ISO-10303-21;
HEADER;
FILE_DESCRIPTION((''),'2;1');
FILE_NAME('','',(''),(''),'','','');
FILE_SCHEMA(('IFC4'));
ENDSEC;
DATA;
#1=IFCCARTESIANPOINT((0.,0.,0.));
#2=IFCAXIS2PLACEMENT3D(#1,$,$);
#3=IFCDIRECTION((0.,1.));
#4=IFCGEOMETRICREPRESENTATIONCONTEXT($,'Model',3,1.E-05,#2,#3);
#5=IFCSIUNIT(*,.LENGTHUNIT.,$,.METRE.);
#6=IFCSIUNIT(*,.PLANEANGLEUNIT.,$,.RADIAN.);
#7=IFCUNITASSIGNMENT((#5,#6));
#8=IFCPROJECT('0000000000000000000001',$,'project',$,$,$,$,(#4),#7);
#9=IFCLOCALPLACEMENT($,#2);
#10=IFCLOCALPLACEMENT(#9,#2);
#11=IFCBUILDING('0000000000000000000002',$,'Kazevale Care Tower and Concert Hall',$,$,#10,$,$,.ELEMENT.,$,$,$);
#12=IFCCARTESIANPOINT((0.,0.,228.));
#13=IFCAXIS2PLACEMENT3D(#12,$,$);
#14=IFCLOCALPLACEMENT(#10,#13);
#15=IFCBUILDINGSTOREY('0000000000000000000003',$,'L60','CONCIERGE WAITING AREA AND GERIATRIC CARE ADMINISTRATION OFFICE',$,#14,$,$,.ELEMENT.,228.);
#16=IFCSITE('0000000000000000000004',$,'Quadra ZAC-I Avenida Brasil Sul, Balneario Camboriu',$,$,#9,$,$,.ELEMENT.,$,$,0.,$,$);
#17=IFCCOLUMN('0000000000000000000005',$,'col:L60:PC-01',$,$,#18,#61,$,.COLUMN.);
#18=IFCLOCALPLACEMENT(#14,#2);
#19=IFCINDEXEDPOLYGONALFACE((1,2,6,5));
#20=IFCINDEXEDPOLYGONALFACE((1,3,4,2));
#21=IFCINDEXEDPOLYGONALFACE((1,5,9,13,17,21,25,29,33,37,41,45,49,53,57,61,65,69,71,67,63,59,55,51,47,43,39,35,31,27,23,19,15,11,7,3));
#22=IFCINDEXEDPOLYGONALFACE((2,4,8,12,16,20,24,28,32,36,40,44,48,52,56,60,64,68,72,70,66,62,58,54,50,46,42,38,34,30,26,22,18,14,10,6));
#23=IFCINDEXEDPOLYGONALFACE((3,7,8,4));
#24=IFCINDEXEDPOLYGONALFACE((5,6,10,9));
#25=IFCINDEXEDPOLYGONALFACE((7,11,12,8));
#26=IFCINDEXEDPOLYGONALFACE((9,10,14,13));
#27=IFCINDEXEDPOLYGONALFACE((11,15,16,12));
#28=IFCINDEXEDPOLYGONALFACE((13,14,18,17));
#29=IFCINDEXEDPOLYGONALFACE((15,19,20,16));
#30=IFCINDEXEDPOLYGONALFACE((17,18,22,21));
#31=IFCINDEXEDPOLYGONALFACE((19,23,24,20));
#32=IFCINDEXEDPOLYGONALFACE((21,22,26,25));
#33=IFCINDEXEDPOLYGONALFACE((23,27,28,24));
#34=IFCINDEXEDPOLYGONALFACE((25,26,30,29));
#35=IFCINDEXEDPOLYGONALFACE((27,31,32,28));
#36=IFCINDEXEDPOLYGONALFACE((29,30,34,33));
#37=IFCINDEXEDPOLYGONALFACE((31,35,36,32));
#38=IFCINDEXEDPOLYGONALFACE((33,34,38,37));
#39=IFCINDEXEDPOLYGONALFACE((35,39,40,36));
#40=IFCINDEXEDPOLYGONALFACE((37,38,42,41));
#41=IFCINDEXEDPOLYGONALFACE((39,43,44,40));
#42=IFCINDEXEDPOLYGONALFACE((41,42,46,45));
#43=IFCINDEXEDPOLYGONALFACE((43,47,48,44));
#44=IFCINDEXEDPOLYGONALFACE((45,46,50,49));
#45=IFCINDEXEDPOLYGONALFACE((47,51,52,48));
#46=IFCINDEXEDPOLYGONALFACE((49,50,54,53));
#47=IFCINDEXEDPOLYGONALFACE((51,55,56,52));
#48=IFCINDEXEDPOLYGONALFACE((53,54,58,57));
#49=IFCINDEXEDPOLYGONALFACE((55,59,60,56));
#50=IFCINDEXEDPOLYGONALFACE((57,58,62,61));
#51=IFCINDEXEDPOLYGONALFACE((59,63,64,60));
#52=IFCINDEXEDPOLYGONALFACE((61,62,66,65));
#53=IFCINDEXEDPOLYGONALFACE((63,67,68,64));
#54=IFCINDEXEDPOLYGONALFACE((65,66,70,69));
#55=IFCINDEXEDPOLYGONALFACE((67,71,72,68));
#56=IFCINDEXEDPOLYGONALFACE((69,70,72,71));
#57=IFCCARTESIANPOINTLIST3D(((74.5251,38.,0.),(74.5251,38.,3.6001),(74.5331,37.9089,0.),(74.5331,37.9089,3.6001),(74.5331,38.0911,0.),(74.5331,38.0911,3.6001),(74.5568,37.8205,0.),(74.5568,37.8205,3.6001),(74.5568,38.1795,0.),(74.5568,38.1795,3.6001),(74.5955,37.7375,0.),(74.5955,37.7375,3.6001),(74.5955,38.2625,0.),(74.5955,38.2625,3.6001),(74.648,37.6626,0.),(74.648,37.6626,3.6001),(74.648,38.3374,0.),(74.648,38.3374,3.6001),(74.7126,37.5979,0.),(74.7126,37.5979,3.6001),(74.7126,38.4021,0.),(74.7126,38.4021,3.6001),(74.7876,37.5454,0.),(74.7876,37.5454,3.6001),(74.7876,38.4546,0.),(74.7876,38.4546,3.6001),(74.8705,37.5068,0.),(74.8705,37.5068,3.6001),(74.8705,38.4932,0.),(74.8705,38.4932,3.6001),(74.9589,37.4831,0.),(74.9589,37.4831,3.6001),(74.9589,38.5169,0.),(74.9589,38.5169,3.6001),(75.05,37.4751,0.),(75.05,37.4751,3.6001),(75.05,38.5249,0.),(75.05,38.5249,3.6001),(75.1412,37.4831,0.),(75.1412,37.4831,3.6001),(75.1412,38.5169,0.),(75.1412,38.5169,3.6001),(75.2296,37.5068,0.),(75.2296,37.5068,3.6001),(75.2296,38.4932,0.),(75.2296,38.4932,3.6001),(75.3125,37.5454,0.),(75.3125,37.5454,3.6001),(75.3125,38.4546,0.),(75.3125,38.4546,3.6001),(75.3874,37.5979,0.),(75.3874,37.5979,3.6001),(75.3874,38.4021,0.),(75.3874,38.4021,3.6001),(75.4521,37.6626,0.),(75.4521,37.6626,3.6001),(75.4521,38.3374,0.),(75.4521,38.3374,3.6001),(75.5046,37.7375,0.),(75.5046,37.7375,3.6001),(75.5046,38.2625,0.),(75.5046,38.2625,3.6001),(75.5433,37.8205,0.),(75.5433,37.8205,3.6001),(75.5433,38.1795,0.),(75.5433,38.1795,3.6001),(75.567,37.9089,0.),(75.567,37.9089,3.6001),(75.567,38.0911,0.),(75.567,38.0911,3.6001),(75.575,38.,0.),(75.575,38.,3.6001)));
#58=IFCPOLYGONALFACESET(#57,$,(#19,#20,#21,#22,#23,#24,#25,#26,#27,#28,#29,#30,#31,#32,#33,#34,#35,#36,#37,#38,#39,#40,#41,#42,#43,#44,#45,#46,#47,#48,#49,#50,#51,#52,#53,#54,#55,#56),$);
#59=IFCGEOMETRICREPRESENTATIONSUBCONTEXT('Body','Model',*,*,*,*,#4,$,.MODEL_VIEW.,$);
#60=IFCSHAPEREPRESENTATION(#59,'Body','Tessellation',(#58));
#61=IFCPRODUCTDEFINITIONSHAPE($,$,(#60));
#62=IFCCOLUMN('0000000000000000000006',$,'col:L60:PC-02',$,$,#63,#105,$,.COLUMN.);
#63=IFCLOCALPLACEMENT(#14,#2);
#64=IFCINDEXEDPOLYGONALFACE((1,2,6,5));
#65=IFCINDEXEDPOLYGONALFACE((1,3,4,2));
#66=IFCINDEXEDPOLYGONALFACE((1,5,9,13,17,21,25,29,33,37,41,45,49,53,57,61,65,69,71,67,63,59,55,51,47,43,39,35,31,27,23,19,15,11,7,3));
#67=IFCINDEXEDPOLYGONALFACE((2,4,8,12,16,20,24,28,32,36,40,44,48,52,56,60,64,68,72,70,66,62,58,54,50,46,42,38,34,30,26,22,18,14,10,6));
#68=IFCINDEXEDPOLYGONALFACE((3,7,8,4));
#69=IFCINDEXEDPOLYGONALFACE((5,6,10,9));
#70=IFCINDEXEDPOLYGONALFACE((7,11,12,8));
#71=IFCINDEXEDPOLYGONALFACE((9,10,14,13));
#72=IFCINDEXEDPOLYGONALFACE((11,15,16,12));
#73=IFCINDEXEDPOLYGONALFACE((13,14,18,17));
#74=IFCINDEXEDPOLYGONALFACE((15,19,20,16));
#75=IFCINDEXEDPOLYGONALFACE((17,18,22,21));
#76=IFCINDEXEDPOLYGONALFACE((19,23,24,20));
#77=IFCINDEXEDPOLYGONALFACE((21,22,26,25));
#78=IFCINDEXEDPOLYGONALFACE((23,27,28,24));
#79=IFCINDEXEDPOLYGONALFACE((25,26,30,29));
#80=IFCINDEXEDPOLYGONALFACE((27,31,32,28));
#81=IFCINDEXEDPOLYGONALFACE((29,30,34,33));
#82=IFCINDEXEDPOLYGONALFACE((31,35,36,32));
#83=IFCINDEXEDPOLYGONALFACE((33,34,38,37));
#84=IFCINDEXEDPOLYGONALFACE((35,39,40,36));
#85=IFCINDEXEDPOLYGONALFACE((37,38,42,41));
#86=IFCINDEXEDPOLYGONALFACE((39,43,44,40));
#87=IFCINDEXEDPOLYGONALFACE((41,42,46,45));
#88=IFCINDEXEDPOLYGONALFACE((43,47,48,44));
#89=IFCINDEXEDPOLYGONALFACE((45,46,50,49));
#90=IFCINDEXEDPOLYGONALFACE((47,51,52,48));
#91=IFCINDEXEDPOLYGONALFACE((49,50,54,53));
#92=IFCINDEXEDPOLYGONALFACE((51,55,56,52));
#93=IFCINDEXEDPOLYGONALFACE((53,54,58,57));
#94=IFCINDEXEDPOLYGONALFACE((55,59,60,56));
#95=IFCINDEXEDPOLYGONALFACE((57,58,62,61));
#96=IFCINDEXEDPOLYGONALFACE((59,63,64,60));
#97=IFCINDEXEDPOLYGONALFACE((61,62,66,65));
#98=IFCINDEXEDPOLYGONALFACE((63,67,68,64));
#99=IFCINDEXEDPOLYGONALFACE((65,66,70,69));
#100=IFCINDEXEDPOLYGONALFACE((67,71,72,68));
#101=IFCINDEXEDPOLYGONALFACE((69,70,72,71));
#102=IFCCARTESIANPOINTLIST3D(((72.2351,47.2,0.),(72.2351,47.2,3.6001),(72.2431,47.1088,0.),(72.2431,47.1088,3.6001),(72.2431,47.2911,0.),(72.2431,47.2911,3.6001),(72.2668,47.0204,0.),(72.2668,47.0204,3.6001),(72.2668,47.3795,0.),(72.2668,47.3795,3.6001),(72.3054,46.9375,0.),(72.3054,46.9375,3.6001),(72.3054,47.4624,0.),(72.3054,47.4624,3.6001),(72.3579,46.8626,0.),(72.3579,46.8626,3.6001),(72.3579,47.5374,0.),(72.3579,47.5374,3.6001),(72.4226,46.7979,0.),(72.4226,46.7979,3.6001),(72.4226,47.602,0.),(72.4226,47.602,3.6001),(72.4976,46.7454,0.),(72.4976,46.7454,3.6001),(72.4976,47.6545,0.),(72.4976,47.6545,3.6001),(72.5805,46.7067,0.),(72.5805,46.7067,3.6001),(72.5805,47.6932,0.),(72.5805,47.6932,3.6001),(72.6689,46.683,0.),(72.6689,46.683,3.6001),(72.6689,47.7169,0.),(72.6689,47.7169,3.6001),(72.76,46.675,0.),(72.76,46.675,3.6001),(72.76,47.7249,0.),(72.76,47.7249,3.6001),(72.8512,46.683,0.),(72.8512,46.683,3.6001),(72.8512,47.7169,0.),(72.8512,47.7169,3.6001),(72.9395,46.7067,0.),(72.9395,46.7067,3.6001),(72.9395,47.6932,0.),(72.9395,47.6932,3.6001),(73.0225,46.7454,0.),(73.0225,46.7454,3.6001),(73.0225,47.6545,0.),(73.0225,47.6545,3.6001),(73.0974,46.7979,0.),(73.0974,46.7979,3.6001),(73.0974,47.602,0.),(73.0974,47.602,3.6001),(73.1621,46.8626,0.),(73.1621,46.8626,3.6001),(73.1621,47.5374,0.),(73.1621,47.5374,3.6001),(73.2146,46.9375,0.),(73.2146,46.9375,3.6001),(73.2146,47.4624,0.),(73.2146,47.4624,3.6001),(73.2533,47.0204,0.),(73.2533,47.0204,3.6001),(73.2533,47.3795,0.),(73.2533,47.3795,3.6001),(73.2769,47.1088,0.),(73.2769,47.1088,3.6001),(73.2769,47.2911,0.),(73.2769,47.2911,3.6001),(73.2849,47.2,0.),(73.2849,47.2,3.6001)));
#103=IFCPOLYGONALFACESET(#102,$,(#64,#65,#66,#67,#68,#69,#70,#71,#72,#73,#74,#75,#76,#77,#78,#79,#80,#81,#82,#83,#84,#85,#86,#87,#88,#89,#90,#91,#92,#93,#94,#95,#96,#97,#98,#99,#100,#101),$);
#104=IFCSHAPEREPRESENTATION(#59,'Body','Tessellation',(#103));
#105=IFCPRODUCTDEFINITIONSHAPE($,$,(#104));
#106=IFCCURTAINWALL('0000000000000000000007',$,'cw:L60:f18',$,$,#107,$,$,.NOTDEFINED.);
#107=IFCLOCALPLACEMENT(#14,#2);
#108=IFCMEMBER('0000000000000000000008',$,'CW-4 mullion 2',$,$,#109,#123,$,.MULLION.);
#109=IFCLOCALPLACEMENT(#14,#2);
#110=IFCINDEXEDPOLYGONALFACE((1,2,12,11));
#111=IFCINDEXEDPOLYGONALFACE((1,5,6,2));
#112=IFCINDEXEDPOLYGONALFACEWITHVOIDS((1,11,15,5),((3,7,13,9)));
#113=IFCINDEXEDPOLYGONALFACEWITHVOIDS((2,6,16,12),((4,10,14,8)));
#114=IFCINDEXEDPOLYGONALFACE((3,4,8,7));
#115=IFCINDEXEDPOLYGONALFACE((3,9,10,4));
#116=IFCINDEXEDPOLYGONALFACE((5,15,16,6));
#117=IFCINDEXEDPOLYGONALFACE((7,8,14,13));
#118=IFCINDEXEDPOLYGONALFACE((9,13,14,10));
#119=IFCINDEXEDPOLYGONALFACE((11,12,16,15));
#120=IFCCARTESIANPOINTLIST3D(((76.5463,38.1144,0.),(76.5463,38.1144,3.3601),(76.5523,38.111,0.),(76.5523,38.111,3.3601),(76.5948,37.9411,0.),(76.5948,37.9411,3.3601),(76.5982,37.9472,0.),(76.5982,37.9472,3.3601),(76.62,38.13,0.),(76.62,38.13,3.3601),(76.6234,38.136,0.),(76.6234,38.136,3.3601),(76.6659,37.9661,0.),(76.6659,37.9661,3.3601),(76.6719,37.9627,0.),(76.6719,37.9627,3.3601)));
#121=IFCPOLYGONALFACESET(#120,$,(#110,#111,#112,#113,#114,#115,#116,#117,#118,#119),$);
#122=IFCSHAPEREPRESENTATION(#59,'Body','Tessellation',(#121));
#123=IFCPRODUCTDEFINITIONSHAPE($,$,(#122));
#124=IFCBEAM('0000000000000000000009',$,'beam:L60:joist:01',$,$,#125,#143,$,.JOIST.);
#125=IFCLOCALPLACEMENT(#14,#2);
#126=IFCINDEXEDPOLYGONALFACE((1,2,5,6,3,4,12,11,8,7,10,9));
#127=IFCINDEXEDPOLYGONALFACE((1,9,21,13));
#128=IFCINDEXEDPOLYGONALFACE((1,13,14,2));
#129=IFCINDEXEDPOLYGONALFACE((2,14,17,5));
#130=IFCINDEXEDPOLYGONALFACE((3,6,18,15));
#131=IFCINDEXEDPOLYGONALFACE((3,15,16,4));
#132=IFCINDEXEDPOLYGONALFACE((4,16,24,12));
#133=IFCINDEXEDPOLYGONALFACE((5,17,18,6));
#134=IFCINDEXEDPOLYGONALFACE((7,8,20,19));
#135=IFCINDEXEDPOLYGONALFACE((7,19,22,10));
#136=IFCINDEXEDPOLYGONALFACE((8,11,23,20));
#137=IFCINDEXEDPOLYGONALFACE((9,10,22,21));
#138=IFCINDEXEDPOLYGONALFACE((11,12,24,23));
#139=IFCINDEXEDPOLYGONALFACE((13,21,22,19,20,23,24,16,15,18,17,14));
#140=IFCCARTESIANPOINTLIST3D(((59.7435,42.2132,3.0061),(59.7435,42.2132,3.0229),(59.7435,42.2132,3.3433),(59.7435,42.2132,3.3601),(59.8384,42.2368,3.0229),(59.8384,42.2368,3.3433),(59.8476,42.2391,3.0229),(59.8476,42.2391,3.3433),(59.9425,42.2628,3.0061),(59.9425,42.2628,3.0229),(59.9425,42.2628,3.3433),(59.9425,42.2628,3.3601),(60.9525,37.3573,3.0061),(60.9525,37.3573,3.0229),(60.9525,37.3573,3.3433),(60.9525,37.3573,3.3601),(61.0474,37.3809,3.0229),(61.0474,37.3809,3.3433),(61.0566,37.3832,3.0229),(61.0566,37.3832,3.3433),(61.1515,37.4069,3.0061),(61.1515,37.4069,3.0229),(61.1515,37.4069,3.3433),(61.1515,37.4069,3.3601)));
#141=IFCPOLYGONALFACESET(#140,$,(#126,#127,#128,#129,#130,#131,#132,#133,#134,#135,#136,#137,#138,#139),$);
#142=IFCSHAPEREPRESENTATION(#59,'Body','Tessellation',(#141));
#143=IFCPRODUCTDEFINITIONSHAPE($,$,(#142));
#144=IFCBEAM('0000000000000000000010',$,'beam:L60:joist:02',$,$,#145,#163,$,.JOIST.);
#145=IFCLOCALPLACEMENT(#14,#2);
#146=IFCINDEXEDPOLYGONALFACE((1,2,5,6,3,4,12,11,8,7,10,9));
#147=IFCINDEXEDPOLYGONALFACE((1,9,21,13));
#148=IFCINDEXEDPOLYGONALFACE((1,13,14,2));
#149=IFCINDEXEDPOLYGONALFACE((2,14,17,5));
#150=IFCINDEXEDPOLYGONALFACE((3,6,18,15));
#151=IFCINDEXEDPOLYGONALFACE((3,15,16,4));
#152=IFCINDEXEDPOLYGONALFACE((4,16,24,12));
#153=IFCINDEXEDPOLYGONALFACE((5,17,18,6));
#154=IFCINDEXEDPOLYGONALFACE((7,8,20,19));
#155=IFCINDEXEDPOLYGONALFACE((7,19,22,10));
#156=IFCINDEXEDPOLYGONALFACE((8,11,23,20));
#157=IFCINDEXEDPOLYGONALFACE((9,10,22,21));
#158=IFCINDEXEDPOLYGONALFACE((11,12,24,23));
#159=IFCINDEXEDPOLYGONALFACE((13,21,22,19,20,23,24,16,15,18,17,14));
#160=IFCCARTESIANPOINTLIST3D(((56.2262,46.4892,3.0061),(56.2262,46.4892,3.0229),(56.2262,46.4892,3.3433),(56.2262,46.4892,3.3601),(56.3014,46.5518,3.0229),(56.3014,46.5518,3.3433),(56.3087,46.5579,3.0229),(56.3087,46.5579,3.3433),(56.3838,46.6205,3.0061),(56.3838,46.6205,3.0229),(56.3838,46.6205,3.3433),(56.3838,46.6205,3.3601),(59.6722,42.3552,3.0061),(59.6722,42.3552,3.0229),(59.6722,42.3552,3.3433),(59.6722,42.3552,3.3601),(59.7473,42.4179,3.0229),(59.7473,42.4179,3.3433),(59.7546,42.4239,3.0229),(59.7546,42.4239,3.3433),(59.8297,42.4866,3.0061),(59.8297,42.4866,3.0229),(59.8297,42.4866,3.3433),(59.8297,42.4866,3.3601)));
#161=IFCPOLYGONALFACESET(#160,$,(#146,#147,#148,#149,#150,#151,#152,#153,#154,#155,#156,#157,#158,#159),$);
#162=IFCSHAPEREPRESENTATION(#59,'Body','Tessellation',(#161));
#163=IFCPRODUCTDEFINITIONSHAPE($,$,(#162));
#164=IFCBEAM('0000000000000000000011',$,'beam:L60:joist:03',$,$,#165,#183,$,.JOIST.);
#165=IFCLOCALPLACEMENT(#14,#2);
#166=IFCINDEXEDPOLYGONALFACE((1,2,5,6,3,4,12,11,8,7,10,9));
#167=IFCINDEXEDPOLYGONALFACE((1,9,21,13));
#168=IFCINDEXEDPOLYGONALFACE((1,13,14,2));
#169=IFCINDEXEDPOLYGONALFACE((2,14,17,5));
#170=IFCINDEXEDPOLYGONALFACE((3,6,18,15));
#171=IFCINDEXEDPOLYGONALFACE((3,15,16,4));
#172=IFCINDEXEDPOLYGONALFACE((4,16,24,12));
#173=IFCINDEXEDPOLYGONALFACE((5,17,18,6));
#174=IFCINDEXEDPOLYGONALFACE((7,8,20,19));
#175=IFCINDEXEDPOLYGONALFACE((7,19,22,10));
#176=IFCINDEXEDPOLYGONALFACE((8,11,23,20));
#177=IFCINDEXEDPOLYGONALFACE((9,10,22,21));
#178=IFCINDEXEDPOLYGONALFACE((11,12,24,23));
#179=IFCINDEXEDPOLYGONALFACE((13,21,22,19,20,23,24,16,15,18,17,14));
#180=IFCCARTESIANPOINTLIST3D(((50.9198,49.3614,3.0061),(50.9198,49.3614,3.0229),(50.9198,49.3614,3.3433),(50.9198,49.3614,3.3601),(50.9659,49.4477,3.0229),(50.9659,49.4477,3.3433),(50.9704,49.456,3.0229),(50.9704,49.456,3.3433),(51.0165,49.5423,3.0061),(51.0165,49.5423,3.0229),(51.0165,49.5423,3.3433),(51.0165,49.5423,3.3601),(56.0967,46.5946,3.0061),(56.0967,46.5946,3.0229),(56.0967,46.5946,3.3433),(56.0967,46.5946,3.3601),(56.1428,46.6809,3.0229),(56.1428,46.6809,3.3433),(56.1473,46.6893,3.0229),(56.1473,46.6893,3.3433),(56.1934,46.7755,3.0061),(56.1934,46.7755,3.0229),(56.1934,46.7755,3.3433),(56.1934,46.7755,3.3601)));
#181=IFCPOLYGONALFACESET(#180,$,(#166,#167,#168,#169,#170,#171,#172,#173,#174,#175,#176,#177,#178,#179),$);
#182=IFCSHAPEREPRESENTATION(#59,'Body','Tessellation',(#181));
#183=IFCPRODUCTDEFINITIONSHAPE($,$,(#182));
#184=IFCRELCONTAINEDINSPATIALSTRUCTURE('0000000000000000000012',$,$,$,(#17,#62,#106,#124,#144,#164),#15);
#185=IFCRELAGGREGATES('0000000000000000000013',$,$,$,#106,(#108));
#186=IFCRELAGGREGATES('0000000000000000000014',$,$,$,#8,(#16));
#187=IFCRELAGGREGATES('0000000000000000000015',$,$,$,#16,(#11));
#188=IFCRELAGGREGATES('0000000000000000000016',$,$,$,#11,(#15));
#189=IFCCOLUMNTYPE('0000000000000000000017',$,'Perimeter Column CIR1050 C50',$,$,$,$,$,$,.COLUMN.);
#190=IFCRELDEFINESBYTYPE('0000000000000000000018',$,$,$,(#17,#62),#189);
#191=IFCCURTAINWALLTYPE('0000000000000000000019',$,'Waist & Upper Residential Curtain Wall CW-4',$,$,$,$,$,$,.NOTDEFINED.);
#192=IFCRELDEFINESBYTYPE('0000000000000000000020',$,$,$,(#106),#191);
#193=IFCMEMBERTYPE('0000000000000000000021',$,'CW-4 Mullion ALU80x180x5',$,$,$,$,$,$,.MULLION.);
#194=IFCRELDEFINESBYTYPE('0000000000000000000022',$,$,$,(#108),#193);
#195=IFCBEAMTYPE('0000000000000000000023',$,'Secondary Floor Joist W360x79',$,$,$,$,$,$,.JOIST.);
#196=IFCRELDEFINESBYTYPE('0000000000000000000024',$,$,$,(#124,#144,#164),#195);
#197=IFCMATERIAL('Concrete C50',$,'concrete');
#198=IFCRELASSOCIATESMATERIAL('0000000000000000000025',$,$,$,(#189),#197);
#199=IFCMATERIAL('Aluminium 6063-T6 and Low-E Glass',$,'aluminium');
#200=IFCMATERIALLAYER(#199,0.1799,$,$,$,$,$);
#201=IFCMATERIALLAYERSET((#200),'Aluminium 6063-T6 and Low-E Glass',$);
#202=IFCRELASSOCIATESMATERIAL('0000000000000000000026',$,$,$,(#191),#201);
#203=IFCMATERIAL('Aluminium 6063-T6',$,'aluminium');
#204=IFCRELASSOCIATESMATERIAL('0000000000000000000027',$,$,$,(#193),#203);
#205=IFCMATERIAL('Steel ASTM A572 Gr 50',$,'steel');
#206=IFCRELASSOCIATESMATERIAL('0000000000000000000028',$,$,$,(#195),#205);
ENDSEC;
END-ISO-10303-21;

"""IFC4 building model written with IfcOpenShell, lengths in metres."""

from ifc_helpers import new_model, si_unit, direction, frame, origin, origin_2d, place, context, subcontext, project, spatial, hollow_rectangle, circle, i_section, extrude, material, layer, layer_set, material_profile, profile_set, type_object, element, aggregate, save


model = new_model("IFC4")

# Units and contexts
model_context = context("Model", 3, precision=1e-05, world=origin(), true_north=direction((0.0, 1.0)))
body_context = subcontext(model_context, "Body", "Model", "MODEL_VIEW")
ifc_project = project(units=[si_unit("LENGTHUNIT", "METRE"), si_unit("PLANEANGLEUNIT", "RADIAN")], contexts=[model_context])

# Site, building, storey
site_placement = place(None, origin())
site = spatial("IfcSite", under=ifc_project, at=site_placement, Name="Quadra ZAC-I Avenida Brasil Sul, Balneario Camboriu", CompositionType="ELEMENT", RefElevation=0.0)
building_placement = place(site_placement, origin())
building = spatial("IfcBuilding", under=site, at=building_placement, Name="Kazevale Care Tower and Concert Hall", CompositionType="ELEMENT")
storey_placement = place(building_placement, frame((0.0, 0.0, 228.0)))
storey = spatial("IfcBuildingStorey", under=building, at=storey_placement, Name="L60", Description="CONCIERGE WAITING AREA AND GERIATRIC CARE ADMINISTRATION OFFICE", CompositionType="ELEMENT", Elevation=228.0)

# Columns
ifc_material_1 = material(Name="Concrete C50", Category="concrete")
ifc_material_profile_1 = material_profile(ifc_material_1, circle(Radius=0.5249, at=origin_2d()), Name="RC-CIR1050")
ifc_profile_set_1 = profile_set([ifc_material_profile_1], Name="Concrete C50")
column_type = type_object("IfcColumnType", Name="Perimeter Column CIR1050 C50", PredefinedType="COLUMN", material=ifc_profile_set_1)
for number, where, z_axis, x_axis, name in (
    (1, (75.05, 38.0, 0.0), (0.0, 0.0, 1.0), (1.0, 0.0, 0.0), "col:L60:PC-01"),
    (2, (72.76, 47.2, 0.0), (0.0, 0.0, 1.0), (1.0, 0.0, 0.0), "col:L60:PC-02"),
):
    element("IfcColumn", number, at=place(storey_placement, frame(where, z_axis=z_axis, x_axis=x_axis)), inside=storey, type_object=column_type, Name=name, PredefinedType="COLUMN", context=body_context, shape_type="SweptSolid", body=[
        extrude(circle(Radius=0.5249, at=origin_2d()), origin(), (0.0, 0.0, 1.0), 3.6001),
    ])

# Curtain wall, member
ifc_material_2 = material(Name="Aluminium 6063-T6 and Low-E Glass", Category="aluminium")
ifc_layer_1 = layer(ifc_material_2, 0.1799)
ifc_layer_set_1 = layer_set([ifc_layer_1], Name="Aluminium 6063-T6 and Low-E Glass")
curtain_wall_type = type_object("IfcCurtainWallType", Name="Waist & Upper Residential Curtain Wall CW-4", PredefinedType="NOTDEFINED", material=ifc_layer_set_1)
curtain_wall_placement = place(storey_placement, origin())
curtain_wall = element("IfcCurtainWall", 3, at=curtain_wall_placement, inside=storey, type_object=curtain_wall_type, Name="cw:L60:f18", PredefinedType="NOTDEFINED")
ifc_material_3 = material(Name="Aluminium 6063-T6", Category="aluminium")
ifc_material_profile_2 = material_profile(ifc_material_3, hollow_rectangle(XDim=0.0801, YDim=0.1799, WallThickness=0.0049, at=origin_2d()), Name="ALU80x180x5")
ifc_profile_set_2 = profile_set([ifc_material_profile_2], Name="Aluminium 6063-T6")
member_type = type_object("IfcMemberType", Name="CW-4 Mullion ALU80x180x5", PredefinedType="MULLION", material=ifc_profile_set_2)
member_placement = place(storey_placement, frame((76.6091, 38.0386, 0.0), z_axis=(0.0, 0.0, 1.0), x_axis=(0.962972, 0.269601, 0.0)))
member = element("IfcMember", 4, at=member_placement, type_object=member_type, Name="CW-4 mullion 2", PredefinedType="MULLION", context=body_context, shape_type="SweptSolid", body=[
    extrude(hollow_rectangle(XDim=0.0801, YDim=0.1799, WallThickness=0.0049, at=origin_2d()), origin(), (0.0, 0.0, 1.0), 3.3601),
])

# Beams
ifc_material_4 = material(Name="Steel ASTM A572 Gr 50", Category="steel")
ifc_material_profile_3 = material_profile(ifc_material_4, i_section(OverallWidth=0.2051, OverallDepth=0.354, WebThickness=0.0095, FlangeThickness=0.0168, at=origin_2d()), Name="W360x79")
ifc_profile_set_3 = profile_set([ifc_material_profile_3], Name="Steel ASTM A572 Gr 50")
beam_type_1 = type_object("IfcBeamType", Name="Secondary Floor Joist W360x79", PredefinedType="JOIST", material=ifc_profile_set_3)
beam_1_placement = place(storey_placement, frame((61.052, 37.3821, 3.1831), z_axis=(-0.241594, 0.970377, 0.0), x_axis=(-0.970377, -0.241594, 0.0)))
element("IfcBeam", 5, at=beam_1_placement, inside=storey, type_object=beam_type_1, Name="beam:L60:joist:01", PredefinedType="JOIST", context=body_context, shape_type="SweptSolid", body=[
    extrude(i_section(OverallWidth=0.2051, OverallDepth=0.354, WebThickness=0.0095, FlangeThickness=0.0168, at=origin_2d()), origin(), (0.0, 0.0, 1.0), 5.0042),
])
beam_2_placement = place(storey_placement, frame((59.751, 42.4209, 3.1831), z_axis=(-0.640296, 0.768128, 0.0), x_axis=(-0.768128, -0.640296, 0.0)))
element("IfcBeam", 6, at=beam_2_placement, inside=storey, type_object=beam_type_1, Name="beam:L60:joist:02", PredefinedType="JOIST", context=body_context, shape_type="SweptSolid", body=[
    extrude(i_section(OverallWidth=0.2051, OverallDepth=0.354, WebThickness=0.0095, FlangeThickness=0.0168, at=origin_2d()), origin(), (0.0, 0.0, 1.0), 5.3818),
])
beam_3_placement = place(storey_placement, frame((56.145, 46.6851, 3.1831), z_axis=(-0.881944, 0.471354, 0.0), x_axis=(-0.471354, -0.881944, 0.0)))
element("IfcBeam", 7, at=beam_3_placement, inside=storey, type_object=beam_type_1, Name="beam:L60:joist:03", PredefinedType="JOIST", context=body_context, shape_type="SweptSolid", body=[
    extrude(i_section(OverallWidth=0.2051, OverallDepth=0.354, WebThickness=0.0095, FlangeThickness=0.0168, at=origin_2d()), origin(), (0.0, 0.0, 1.0), 5.8699),
])

aggregate(curtain_wall, [member])

save(model, "model.ifc")
